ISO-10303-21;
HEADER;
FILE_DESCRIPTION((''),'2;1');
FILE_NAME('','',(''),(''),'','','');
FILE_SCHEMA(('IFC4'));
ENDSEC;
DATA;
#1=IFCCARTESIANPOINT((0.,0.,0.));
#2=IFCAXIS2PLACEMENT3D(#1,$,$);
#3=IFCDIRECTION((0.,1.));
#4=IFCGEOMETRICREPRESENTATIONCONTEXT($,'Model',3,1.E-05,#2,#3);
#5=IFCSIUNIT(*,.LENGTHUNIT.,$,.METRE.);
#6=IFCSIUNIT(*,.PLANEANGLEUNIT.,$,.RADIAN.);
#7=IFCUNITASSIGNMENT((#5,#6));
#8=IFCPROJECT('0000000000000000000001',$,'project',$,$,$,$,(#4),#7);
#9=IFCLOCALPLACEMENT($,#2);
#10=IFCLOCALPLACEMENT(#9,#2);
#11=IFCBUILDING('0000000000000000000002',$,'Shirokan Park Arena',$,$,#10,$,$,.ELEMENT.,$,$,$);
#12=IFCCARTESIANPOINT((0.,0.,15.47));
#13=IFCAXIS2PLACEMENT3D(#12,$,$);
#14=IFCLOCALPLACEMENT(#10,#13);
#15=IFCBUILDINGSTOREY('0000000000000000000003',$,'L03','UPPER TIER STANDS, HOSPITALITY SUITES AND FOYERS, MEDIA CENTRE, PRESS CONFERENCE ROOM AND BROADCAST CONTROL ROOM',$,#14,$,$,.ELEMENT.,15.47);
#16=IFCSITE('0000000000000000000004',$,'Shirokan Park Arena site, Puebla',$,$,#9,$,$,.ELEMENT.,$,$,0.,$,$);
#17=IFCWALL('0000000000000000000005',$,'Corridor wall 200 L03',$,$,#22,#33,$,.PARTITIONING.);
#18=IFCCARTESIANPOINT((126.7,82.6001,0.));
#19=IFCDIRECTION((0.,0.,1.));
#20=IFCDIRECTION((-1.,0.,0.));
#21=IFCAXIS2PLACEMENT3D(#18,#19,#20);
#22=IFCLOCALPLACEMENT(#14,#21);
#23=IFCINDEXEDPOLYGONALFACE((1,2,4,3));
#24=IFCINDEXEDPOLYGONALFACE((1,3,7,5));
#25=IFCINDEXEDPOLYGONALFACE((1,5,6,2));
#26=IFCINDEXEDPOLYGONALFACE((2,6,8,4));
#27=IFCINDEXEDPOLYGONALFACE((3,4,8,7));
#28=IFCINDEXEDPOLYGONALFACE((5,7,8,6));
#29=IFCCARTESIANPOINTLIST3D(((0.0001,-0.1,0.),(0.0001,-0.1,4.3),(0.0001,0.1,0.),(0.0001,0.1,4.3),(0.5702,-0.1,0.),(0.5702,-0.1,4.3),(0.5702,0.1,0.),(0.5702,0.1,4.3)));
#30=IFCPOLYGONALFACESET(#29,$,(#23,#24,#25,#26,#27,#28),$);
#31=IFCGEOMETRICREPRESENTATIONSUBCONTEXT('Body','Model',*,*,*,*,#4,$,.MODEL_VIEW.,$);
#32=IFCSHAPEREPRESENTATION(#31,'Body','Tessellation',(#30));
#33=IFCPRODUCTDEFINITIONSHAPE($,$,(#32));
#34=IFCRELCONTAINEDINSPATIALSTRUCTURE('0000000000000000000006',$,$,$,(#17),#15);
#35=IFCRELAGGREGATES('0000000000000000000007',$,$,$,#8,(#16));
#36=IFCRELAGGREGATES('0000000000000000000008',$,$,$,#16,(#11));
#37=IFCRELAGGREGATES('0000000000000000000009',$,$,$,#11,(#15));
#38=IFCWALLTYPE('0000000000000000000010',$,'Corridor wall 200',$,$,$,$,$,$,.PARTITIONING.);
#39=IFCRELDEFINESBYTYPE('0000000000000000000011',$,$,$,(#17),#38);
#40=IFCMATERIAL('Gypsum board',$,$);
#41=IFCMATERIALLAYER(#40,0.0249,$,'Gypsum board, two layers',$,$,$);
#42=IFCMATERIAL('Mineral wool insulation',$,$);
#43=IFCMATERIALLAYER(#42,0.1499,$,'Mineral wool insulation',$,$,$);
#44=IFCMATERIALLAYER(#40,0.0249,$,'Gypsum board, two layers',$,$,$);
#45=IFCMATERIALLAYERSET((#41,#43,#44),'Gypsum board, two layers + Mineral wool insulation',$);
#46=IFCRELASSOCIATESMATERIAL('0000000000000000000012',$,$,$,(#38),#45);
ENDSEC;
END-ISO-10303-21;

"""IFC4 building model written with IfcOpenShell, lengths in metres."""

from ifc_helpers import new_model, si_unit, direction, frame, frame_2d, origin, place, context, subcontext, project, spatial, rectangle, extrude, material, layer, layer_set, type_object, element, save


model = new_model("IFC4")

# Units and contexts
model_context = context("Model", 3, precision=1e-05, world=origin(), true_north=direction((0.0, 1.0)))
body_context = subcontext(model_context, "Body", "Model", "MODEL_VIEW")
ifc_project = project(units=[si_unit("LENGTHUNIT", "METRE"), si_unit("PLANEANGLEUNIT", "RADIAN")], contexts=[model_context])

# Site, building, storey
site_placement = place(None, origin())
site = spatial("IfcSite", under=ifc_project, at=site_placement, Name="Shirokan Park Arena site, Puebla", CompositionType="ELEMENT", RefElevation=0.0)
building_placement = place(site_placement, origin())
building = spatial("IfcBuilding", under=site, at=building_placement, Name="Shirokan Park Arena", CompositionType="ELEMENT")
storey_placement = place(building_placement, frame((0.0, 0.0, 15.47)))
storey = spatial("IfcBuildingStorey", under=building, at=storey_placement, Name="L03", Description="UPPER TIER STANDS, HOSPITALITY SUITES AND FOYERS, MEDIA CENTRE, PRESS CONFERENCE ROOM AND BROADCAST CONTROL ROOM", CompositionType="ELEMENT", Elevation=15.47)

# Wall
ifc_material_1 = material(Name="Gypsum board")
ifc_layer_1 = layer(ifc_material_1, 0.0249, Name="Gypsum board, two layers")
ifc_material_2 = material(Name="Mineral wool insulation")
ifc_layer_2 = layer(ifc_material_2, 0.1499, Name="Mineral wool insulation")
ifc_layer_3 = layer(ifc_material_1, 0.0249, Name="Gypsum board, two layers")
ifc_layer_set_1 = layer_set([ifc_layer_1, ifc_layer_2, ifc_layer_3], Name="Gypsum board, two layers + Mineral wool insulation")
wall_type_1 = type_object("IfcWallType", Name="Corridor wall 200", PredefinedType="PARTITIONING", material=ifc_layer_set_1)
wall_1_placement = place(storey_placement, frame((126.7, 82.6001, 0.0), z_axis=(0.0, 0.0, 1.0), x_axis=(-1.0, 0.0, 0.0)))
element("IfcWall", 1, at=wall_1_placement, inside=storey, type_object=wall_type_1, Name="Corridor wall 200 L03", PredefinedType="PARTITIONING", context=body_context, shape_type="SweptSolid", body=[
    extrude(rectangle(XDim=0.5701, YDim=0.2, at=frame_2d((0.2852, 0.0))), origin(), (0.0, 0.0, 1.0), 4.3),
])

save(model, "model.ifc")
